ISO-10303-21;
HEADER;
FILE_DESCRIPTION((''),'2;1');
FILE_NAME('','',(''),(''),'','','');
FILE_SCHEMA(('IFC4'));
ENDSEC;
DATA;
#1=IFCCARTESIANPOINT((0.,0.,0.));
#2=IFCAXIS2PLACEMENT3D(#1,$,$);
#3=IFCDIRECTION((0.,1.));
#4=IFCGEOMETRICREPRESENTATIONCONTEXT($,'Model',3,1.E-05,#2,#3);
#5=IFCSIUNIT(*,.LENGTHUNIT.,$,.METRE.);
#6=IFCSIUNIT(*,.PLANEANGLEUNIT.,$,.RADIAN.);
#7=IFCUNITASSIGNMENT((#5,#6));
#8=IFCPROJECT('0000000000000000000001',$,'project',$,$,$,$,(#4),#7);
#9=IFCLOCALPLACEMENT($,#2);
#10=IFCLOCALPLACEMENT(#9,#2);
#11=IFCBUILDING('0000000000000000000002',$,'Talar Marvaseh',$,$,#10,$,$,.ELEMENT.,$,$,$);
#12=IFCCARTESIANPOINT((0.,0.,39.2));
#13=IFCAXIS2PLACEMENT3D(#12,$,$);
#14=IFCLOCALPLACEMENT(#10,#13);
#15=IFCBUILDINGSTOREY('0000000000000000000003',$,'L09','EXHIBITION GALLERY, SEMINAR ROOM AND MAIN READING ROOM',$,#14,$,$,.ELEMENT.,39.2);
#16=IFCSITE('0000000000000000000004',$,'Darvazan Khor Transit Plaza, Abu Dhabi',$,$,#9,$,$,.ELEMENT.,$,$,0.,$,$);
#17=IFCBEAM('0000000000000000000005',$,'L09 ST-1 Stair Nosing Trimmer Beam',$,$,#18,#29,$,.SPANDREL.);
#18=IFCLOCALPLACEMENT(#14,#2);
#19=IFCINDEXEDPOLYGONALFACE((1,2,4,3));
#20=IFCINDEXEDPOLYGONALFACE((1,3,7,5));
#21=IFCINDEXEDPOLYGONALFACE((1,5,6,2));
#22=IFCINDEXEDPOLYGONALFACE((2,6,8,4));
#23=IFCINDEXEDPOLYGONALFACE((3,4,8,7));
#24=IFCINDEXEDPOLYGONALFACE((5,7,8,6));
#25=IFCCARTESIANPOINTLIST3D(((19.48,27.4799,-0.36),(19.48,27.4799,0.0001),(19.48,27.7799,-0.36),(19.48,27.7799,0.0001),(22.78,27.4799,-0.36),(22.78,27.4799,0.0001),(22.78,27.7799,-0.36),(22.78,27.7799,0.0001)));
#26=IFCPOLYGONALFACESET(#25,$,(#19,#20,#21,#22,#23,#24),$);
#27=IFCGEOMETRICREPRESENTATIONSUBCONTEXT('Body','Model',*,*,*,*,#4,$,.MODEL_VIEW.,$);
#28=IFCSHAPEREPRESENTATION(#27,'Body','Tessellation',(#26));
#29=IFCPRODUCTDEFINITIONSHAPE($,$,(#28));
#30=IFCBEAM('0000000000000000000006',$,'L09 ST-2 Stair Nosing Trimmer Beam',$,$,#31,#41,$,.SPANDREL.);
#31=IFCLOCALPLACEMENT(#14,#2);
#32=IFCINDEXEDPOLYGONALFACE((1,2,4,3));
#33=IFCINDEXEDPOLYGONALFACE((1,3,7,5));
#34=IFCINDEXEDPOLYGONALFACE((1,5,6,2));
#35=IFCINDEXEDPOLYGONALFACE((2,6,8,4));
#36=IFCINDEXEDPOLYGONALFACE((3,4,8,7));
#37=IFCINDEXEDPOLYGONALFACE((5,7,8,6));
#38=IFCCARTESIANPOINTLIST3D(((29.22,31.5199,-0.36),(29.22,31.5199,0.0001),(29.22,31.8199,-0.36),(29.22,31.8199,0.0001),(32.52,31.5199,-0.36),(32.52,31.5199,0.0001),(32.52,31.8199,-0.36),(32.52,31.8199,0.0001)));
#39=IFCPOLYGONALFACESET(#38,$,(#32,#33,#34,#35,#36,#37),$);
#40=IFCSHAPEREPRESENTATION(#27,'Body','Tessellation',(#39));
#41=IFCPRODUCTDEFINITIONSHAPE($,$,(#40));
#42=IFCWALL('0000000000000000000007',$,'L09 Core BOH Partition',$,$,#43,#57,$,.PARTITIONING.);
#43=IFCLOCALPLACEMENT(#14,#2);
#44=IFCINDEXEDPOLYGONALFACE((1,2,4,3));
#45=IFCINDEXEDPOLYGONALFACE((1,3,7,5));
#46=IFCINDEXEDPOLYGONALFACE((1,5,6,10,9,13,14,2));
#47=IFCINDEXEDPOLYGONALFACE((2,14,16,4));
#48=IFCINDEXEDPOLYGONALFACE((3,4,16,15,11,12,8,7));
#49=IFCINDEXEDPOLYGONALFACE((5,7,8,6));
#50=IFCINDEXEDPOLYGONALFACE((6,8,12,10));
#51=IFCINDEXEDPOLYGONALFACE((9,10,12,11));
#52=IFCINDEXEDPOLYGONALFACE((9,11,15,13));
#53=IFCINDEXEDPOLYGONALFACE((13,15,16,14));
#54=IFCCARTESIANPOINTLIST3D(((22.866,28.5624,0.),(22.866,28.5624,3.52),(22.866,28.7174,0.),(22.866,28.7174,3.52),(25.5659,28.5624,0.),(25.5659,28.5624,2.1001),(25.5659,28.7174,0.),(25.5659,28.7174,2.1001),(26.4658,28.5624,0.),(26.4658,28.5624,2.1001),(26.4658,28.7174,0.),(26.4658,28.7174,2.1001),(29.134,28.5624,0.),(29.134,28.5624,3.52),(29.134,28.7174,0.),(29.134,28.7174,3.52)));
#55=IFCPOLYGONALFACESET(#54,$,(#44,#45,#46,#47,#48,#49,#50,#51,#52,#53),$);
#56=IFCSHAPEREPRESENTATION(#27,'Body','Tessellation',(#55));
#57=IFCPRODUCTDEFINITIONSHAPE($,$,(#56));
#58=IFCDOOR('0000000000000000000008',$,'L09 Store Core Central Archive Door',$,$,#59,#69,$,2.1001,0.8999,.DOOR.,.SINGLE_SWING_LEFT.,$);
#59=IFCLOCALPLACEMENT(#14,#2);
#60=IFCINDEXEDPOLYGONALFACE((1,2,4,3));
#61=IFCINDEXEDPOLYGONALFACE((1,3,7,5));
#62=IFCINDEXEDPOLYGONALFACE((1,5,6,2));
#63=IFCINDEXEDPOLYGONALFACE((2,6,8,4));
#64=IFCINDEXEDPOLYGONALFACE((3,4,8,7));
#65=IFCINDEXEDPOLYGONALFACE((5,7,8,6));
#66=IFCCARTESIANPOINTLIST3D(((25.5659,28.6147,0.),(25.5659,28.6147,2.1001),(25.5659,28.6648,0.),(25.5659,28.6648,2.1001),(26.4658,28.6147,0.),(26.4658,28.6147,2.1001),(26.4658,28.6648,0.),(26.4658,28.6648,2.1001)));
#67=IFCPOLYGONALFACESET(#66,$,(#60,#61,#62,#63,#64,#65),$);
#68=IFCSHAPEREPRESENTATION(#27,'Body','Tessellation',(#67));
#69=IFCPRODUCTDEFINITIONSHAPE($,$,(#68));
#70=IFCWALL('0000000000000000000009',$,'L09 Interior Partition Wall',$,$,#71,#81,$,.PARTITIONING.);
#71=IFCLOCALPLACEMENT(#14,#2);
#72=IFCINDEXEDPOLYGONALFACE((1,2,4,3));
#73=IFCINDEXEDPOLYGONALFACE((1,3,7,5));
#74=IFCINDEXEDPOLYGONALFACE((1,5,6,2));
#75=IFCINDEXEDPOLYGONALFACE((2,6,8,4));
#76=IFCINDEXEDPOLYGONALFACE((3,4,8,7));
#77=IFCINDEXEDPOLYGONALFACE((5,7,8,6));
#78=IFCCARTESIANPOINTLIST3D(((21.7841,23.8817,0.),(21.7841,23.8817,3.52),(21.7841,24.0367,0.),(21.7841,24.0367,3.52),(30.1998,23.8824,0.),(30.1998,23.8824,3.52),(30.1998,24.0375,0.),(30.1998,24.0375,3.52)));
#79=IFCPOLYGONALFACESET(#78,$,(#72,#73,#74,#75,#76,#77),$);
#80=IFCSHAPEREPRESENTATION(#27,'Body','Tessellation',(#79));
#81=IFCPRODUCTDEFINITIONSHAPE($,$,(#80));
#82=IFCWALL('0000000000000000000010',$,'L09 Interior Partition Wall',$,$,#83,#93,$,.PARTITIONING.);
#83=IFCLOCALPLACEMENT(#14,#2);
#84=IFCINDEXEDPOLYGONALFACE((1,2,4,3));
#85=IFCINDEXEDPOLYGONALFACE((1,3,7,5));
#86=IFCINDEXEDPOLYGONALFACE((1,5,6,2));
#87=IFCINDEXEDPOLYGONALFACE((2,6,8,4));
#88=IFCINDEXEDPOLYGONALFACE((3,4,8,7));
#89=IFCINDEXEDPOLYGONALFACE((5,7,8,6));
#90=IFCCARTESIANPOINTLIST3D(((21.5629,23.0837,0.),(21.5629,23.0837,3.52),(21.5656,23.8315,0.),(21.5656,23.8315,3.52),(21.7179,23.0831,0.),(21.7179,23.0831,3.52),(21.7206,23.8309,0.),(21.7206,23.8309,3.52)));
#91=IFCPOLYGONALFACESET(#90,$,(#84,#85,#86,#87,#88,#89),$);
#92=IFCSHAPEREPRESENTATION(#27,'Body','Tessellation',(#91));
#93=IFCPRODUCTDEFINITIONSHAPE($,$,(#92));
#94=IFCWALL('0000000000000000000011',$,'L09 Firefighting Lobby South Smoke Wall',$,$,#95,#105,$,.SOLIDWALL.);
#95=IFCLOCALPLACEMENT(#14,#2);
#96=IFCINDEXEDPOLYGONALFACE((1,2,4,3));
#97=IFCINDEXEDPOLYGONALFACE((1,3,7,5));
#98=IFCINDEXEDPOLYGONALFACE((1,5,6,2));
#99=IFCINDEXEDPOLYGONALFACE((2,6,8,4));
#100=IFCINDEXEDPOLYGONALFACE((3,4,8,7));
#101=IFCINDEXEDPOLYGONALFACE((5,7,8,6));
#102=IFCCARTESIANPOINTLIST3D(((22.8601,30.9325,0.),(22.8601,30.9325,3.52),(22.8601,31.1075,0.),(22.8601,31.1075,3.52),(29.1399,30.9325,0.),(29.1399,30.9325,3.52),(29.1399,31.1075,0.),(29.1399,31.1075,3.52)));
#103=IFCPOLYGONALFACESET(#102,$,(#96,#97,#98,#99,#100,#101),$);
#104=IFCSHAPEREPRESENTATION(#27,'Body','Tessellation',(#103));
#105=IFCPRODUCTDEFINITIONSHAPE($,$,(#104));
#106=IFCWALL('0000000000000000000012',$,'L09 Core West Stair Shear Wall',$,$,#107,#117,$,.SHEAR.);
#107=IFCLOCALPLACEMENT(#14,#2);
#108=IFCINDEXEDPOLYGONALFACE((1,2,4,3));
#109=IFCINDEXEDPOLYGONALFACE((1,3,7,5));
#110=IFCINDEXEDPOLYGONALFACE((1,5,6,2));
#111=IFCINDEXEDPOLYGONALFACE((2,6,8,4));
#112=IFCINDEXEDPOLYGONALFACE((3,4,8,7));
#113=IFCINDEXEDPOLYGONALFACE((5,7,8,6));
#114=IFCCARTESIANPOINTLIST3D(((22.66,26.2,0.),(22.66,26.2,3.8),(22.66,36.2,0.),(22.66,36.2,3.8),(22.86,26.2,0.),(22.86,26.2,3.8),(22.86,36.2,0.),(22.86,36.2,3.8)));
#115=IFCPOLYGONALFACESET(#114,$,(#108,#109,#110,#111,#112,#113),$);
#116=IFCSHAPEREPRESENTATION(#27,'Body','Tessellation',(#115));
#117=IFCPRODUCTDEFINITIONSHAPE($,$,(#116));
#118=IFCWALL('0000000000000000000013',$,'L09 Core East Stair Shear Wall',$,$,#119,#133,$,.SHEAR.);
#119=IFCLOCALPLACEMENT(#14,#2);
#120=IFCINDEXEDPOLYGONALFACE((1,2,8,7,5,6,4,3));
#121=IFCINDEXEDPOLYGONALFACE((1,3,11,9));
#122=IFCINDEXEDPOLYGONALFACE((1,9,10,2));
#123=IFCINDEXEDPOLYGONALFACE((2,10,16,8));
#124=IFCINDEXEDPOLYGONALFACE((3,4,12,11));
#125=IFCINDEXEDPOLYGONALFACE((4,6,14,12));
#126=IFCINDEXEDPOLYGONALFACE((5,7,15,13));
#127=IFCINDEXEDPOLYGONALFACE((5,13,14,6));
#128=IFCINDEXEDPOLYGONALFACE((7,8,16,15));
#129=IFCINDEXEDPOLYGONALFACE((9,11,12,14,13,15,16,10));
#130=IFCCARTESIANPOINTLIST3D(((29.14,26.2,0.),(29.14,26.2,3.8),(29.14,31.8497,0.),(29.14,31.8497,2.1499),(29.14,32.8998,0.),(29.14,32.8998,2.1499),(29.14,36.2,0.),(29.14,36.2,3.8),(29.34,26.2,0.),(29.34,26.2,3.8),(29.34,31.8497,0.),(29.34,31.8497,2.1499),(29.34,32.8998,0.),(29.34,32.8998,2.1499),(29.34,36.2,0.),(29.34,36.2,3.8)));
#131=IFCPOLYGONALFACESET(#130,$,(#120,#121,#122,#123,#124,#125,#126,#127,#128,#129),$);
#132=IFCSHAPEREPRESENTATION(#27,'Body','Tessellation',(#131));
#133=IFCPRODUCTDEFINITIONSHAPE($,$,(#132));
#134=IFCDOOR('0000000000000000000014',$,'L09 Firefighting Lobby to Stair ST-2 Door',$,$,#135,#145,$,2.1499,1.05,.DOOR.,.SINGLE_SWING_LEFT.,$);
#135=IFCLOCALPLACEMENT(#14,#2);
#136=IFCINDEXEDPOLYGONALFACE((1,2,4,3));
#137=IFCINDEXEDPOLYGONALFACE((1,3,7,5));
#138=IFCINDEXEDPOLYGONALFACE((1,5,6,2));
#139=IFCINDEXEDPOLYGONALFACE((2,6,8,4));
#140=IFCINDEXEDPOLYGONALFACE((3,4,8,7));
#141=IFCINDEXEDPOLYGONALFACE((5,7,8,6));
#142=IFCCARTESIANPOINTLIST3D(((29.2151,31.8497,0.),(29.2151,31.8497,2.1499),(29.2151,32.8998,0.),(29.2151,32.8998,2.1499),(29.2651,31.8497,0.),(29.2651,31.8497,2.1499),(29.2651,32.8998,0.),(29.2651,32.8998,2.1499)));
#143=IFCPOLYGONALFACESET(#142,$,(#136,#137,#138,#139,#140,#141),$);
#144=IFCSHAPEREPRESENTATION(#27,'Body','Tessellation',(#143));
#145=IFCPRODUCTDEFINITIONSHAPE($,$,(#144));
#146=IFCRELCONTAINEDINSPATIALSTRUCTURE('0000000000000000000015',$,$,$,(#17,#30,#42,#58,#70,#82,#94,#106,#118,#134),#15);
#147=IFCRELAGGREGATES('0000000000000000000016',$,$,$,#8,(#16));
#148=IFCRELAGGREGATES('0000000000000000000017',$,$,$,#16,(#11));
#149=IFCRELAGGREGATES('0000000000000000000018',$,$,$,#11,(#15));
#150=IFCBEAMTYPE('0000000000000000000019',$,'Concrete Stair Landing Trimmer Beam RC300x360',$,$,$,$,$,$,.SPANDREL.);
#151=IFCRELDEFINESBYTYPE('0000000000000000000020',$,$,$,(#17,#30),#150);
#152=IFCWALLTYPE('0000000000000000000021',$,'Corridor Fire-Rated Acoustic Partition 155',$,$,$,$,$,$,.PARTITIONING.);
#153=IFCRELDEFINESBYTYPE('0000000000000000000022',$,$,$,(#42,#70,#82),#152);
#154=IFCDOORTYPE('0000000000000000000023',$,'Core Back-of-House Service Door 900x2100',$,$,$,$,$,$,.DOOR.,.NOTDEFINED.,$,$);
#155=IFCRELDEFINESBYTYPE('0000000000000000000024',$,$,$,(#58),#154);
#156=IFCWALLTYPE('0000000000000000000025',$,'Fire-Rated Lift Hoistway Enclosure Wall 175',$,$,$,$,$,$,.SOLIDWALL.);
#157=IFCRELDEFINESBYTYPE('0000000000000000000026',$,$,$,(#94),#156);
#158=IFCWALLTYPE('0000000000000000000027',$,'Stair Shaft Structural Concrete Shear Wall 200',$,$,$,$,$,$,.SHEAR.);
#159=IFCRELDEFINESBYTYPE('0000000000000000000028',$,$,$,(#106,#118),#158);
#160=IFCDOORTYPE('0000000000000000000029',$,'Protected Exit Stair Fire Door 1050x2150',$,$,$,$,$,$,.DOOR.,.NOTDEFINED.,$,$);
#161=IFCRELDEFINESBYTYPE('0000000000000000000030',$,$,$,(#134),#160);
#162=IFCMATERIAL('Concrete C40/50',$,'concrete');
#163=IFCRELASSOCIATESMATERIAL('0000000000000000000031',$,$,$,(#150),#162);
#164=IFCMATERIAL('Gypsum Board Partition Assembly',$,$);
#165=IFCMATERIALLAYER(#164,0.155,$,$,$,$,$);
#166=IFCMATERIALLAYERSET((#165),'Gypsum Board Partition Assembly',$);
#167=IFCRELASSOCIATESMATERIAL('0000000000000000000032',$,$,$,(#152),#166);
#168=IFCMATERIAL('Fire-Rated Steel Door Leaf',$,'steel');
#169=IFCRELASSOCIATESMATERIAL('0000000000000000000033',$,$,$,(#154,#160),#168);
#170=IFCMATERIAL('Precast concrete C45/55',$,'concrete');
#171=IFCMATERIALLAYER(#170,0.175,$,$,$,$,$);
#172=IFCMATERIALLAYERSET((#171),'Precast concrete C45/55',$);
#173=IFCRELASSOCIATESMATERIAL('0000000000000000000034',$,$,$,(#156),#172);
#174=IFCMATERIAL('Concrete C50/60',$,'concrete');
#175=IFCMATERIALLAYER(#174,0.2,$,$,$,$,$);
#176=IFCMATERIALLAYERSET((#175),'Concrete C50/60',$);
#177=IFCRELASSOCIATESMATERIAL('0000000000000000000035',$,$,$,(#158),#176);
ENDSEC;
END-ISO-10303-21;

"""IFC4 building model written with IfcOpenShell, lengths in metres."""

from ifc_helpers import new_model, si_unit, direction, frame, frame_2d, origin, origin_2d, place, context, subcontext, project, spatial, rectangle, extrude, source, transform, mapped, material, layer, layer_set, material_profile, profile_set, type_object, type_shapes, element, fill, save


model = new_model("IFC4")

# Units and contexts
model_context = context("Model", 3, precision=1e-05, world=origin(), true_north=direction((0.0, 1.0)))
body_context = subcontext(model_context, "Body", "Model", "MODEL_VIEW")
ifc_project = project(units=[si_unit("LENGTHUNIT", "METRE"), si_unit("PLANEANGLEUNIT", "RADIAN")], contexts=[model_context])

# Site, building, storey
site_placement = place(None, origin())
site = spatial("IfcSite", under=ifc_project, at=site_placement, Name="Darvazan Khor Transit Plaza, Abu Dhabi", CompositionType="ELEMENT", RefElevation=0.0)
building_placement = place(site_placement, origin())
building = spatial("IfcBuilding", under=site, at=building_placement, Name="Talar Marvaseh", CompositionType="ELEMENT")
storey_placement = place(building_placement, frame((0.0, 0.0, 39.2)))
storey = spatial("IfcBuildingStorey", under=building, at=storey_placement, Name="L09", Description="EXHIBITION GALLERY, SEMINAR ROOM AND MAIN READING ROOM", CompositionType="ELEMENT", Elevation=39.2)

# Beams
ifc_material_1 = material(Name="Concrete C40/50", Category="concrete")
ifc_material_profile = material_profile(ifc_material_1, rectangle(XDim=0.3, YDim=0.3601, at=origin_2d()), Name="RC300x360")
ifc_profile_set = profile_set([ifc_material_profile], Name="Concrete C40/50")
beam_type = type_object("IfcBeamType", Name="Concrete Stair Landing Trimmer Beam RC300x360", PredefinedType="SPANDREL", material=ifc_profile_set)
for number, where, z_axis, x_axis, name in (
    (1, (22.78, 27.6299, -0.1799), (-1.0, 0.0, 0.0), (0.0, -1.0, 0.0), "L09 ST-1 Stair Nosing Trimmer Beam"),
    (2, (29.22, 31.6699, -0.1799), (1.0, 0.0, 0.0), (0.0, 1.0, 0.0), "L09 ST-2 Stair Nosing Trimmer Beam"),
):
    element("IfcBeam", number, at=place(storey_placement, frame(where, z_axis=z_axis, x_axis=x_axis)), inside=storey, type_object=beam_type, Name=name, PredefinedType="SPANDREL", context=body_context, shape_type="SweptSolid", body=[
        extrude(rectangle(XDim=0.3, YDim=0.3601, at=origin_2d()), origin(), (0.0, 0.0, 1.0), 3.3),
    ])

# Wall, opening, door
ifc_material_2 = material(Name="Gypsum Board Partition Assembly")
ifc_layer_1 = layer(ifc_material_2, 0.155)
ifc_layer_set_1 = layer_set([ifc_layer_1], Name="Gypsum Board Partition Assembly")
wall_type_1 = type_object("IfcWallType", Name="Corridor Fire-Rated Acoustic Partition 155", PredefinedType="PARTITIONING", material=ifc_layer_set_1)
wall_1_placement = place(storey_placement, frame((22.866, 28.6399, 0.0), z_axis=(0.0, 0.0, 1.0), x_axis=(1.0, 0.0, 0.0)))
wall_1 = element("IfcWall", 3, at=wall_1_placement, inside=storey, type_object=wall_type_1, Name="L09 Core BOH Partition", PredefinedType="PARTITIONING", context=body_context, shape_type="SweptSolid", body=[
    extrude(rectangle(XDim=6.2681, YDim=0.155, at=frame_2d((3.134, 0.0))), origin(), (0.0, 0.0, 1.0), 3.52),
])
opening_1_placement = place(wall_1_placement, frame((2.7, 0.0, 0.0)))
opening_1 = element("IfcOpeningElement", 4, at=opening_1_placement, cuts=wall_1, PredefinedType="OPENING", context=body_context, shape_type="SweptSolid", body=[
    extrude(rectangle(XDim=0.8999, YDim=2.1001, at=frame_2d((0.45, 1.05))), frame((0.0, 0.0874, 0.0), z_axis=(0.0, -1.0, 0.0), x_axis=(1.0, 0.0, 0.0)), (0.0, 0.0, 1.0), 0.175),
])
ifc_material_3 = material(Name="Fire-Rated Steel Door Leaf", Category="steel")
door_type_1 = type_object("IfcDoorType", Name="Core Back-of-House Service Door 900x2100", OperationType="NOTDEFINED", PredefinedType="DOOR", material=ifc_material_3)
shared_shape_1 = source(origin(), body_context, "Body", "SweptSolid", [
    extrude(rectangle(XDim=0.8999, YDim=2.1001, at=frame_2d((0.45, 1.05))), frame((0.0, 0.0249, 0.0), z_axis=(0.0, -1.0, 0.0), x_axis=(1.0, 0.0, 0.0)), (0.0, 0.0, 1.0), 0.05),
])
type_shapes(door_type_1, [shared_shape_1])
door_1_placement = place(opening_1_placement, origin())
door_1 = element("IfcDoor", 5, at=door_1_placement, inside=storey, type_object=door_type_1, Name="L09 Store Core Central Archive Door", OperationType="SINGLE_SWING_LEFT", OverallHeight=2.1001, OverallWidth=0.8999, PredefinedType="DOOR", context=body_context, shape_type="MappedRepresentation", body=[
    mapped(shared_shape_1, transform((0.0, 0.0, 0.0), x_axis=(1.0, 0.0, 0.0), y_axis=(0.0, 1.0, 0.0), z_axis=(0.0, 0.0, 1.0), scale=1.0)),
])
fill(opening_1, door_1)

# Walls
wall_2_placement = place(storey_placement, frame((30.2, 23.96, 0.0), z_axis=(0.0, 0.0, 1.0), x_axis=(-1.0, -0.000087, 0.0)))
element("IfcWall", 6, at=wall_2_placement, inside=storey, type_object=wall_type_1, Name="L09 Interior Partition Wall", PredefinedType="PARTITIONING", context=body_context, shape_type="SweptSolid", body=[
    extrude(rectangle(XDim=8.4158, YDim=0.155, at=frame_2d((4.208, 0.0))), origin(), (0.0, 0.0, 1.0), 3.52),
])
wall_3_placement = place(storey_placement, frame((21.6431, 23.8313, 0.0), z_axis=(0.0, 0.0, 1.0), x_axis=(-0.003591, -0.999994, 0.0)))
element("IfcWall", 7, at=wall_3_placement, inside=storey, type_object=wall_type_1, Name="L09 Interior Partition Wall", PredefinedType="PARTITIONING", context=body_context, shape_type="SweptSolid", body=[
    extrude(rectangle(XDim=0.7478, YDim=0.155, at=frame_2d((0.374, 0.0))), origin(), (0.0, 0.0, 1.0), 3.52),
])
ifc_material_4 = material(Name="Precast concrete C45/55", Category="concrete")
ifc_layer_2 = layer(ifc_material_4, 0.175)
ifc_layer_set_2 = layer_set([ifc_layer_2], Name="Precast concrete C45/55")
wall_type_2 = type_object("IfcWallType", Name="Fire-Rated Lift Hoistway Enclosure Wall 175", PredefinedType="SOLIDWALL", material=ifc_layer_set_2)
wall_4_placement = place(storey_placement, frame((22.8601, 31.02, 0.0), z_axis=(0.0, 0.0, 1.0), x_axis=(1.0, 0.0, 0.0)))
element("IfcWall", 8, at=wall_4_placement, inside=storey, type_object=wall_type_2, Name="L09 Firefighting Lobby South Smoke Wall", PredefinedType="SOLIDWALL", context=body_context, shape_type="SweptSolid", body=[
    extrude(rectangle(XDim=6.2798, YDim=0.175, at=frame_2d((3.1399, 0.0))), origin(), (0.0, 0.0, 1.0), 3.52),
])
ifc_material_5 = material(Name="Concrete C50/60", Category="concrete")
ifc_layer_3 = layer(ifc_material_5, 0.2)
ifc_layer_set_3 = layer_set([ifc_layer_3], Name="Concrete C50/60")
wall_type_3 = type_object("IfcWallType", Name="Stair Shaft Structural Concrete Shear Wall 200", PredefinedType="SHEAR", material=ifc_layer_set_3)
wall_5_placement = place(storey_placement, frame((22.76, 26.2, 0.0), z_axis=(0.0, 0.0, 1.0), x_axis=(0.0, 1.0, 0.0)))
element("IfcWall", 9, at=wall_5_placement, inside=storey, type_object=wall_type_3, Name="L09 Core West Stair Shear Wall", PredefinedType="SHEAR", context=body_context, shape_type="SweptSolid", body=[
    extrude(rectangle(XDim=10.0, YDim=0.2, at=frame_2d((5.0, 0.0))), origin(), (0.0, 0.0, 1.0), 3.8),
])

# Wall, opening, door
wall_6_placement = place(storey_placement, frame((29.24, 26.2, 0.0), z_axis=(0.0, 0.0, 1.0), x_axis=(0.0, 1.0, 0.0)))
wall_6 = element("IfcWall", 10, at=wall_6_placement, inside=storey, type_object=wall_type_3, Name="L09 Core East Stair Shear Wall", PredefinedType="SHEAR", context=body_context, shape_type="SweptSolid", body=[
    extrude(rectangle(XDim=10.0, YDim=0.2, at=frame_2d((5.0, 0.0))), origin(), (0.0, 0.0, 1.0), 3.8),
])
opening_2_placement = place(wall_6_placement, frame((5.6499, 0.0, 0.0)))
opening_2 = element("IfcOpeningElement", 11, at=opening_2_placement, cuts=wall_6, PredefinedType="OPENING", context=body_context, shape_type="SweptSolid", body=[
    extrude(rectangle(XDim=1.05, YDim=2.1499, at=frame_2d((0.5249, 1.075))), frame((0.0, 0.1099, 0.0), z_axis=(0.0, -1.0, 0.0), x_axis=(1.0, 0.0, 0.0)), (0.0, 0.0, 1.0), 0.22),
])
door_type_2 = type_object("IfcDoorType", Name="Protected Exit Stair Fire Door 1050x2150", OperationType="NOTDEFINED", PredefinedType="DOOR", material=ifc_material_3)
shared_shape_2 = source(origin(), body_context, "Body", "SweptSolid", [
    extrude(rectangle(XDim=1.05, YDim=2.1499, at=frame_2d((0.5249, 1.075))), frame((0.0, 0.0249, 0.0), z_axis=(0.0, -1.0, 0.0), x_axis=(1.0, 0.0, 0.0)), (0.0, 0.0, 1.0), 0.05),
])
type_shapes(door_type_2, [shared_shape_2])
door_2_placement = place(opening_2_placement, origin())
door_2 = element("IfcDoor", 12, at=door_2_placement, inside=storey, type_object=door_type_2, Name="L09 Firefighting Lobby to Stair ST-2 Door", OperationType="SINGLE_SWING_LEFT", OverallHeight=2.1499, OverallWidth=1.05, PredefinedType="DOOR", context=body_context, shape_type="MappedRepresentation", body=[
    mapped(shared_shape_2, transform((0.0, 0.0, 0.0), x_axis=(1.0, 0.0, 0.0), y_axis=(0.0, 1.0, 0.0), z_axis=(0.0, 0.0, 1.0), scale=1.0)),
])
fill(opening_2, door_2)

save(model, "model.ifc")
